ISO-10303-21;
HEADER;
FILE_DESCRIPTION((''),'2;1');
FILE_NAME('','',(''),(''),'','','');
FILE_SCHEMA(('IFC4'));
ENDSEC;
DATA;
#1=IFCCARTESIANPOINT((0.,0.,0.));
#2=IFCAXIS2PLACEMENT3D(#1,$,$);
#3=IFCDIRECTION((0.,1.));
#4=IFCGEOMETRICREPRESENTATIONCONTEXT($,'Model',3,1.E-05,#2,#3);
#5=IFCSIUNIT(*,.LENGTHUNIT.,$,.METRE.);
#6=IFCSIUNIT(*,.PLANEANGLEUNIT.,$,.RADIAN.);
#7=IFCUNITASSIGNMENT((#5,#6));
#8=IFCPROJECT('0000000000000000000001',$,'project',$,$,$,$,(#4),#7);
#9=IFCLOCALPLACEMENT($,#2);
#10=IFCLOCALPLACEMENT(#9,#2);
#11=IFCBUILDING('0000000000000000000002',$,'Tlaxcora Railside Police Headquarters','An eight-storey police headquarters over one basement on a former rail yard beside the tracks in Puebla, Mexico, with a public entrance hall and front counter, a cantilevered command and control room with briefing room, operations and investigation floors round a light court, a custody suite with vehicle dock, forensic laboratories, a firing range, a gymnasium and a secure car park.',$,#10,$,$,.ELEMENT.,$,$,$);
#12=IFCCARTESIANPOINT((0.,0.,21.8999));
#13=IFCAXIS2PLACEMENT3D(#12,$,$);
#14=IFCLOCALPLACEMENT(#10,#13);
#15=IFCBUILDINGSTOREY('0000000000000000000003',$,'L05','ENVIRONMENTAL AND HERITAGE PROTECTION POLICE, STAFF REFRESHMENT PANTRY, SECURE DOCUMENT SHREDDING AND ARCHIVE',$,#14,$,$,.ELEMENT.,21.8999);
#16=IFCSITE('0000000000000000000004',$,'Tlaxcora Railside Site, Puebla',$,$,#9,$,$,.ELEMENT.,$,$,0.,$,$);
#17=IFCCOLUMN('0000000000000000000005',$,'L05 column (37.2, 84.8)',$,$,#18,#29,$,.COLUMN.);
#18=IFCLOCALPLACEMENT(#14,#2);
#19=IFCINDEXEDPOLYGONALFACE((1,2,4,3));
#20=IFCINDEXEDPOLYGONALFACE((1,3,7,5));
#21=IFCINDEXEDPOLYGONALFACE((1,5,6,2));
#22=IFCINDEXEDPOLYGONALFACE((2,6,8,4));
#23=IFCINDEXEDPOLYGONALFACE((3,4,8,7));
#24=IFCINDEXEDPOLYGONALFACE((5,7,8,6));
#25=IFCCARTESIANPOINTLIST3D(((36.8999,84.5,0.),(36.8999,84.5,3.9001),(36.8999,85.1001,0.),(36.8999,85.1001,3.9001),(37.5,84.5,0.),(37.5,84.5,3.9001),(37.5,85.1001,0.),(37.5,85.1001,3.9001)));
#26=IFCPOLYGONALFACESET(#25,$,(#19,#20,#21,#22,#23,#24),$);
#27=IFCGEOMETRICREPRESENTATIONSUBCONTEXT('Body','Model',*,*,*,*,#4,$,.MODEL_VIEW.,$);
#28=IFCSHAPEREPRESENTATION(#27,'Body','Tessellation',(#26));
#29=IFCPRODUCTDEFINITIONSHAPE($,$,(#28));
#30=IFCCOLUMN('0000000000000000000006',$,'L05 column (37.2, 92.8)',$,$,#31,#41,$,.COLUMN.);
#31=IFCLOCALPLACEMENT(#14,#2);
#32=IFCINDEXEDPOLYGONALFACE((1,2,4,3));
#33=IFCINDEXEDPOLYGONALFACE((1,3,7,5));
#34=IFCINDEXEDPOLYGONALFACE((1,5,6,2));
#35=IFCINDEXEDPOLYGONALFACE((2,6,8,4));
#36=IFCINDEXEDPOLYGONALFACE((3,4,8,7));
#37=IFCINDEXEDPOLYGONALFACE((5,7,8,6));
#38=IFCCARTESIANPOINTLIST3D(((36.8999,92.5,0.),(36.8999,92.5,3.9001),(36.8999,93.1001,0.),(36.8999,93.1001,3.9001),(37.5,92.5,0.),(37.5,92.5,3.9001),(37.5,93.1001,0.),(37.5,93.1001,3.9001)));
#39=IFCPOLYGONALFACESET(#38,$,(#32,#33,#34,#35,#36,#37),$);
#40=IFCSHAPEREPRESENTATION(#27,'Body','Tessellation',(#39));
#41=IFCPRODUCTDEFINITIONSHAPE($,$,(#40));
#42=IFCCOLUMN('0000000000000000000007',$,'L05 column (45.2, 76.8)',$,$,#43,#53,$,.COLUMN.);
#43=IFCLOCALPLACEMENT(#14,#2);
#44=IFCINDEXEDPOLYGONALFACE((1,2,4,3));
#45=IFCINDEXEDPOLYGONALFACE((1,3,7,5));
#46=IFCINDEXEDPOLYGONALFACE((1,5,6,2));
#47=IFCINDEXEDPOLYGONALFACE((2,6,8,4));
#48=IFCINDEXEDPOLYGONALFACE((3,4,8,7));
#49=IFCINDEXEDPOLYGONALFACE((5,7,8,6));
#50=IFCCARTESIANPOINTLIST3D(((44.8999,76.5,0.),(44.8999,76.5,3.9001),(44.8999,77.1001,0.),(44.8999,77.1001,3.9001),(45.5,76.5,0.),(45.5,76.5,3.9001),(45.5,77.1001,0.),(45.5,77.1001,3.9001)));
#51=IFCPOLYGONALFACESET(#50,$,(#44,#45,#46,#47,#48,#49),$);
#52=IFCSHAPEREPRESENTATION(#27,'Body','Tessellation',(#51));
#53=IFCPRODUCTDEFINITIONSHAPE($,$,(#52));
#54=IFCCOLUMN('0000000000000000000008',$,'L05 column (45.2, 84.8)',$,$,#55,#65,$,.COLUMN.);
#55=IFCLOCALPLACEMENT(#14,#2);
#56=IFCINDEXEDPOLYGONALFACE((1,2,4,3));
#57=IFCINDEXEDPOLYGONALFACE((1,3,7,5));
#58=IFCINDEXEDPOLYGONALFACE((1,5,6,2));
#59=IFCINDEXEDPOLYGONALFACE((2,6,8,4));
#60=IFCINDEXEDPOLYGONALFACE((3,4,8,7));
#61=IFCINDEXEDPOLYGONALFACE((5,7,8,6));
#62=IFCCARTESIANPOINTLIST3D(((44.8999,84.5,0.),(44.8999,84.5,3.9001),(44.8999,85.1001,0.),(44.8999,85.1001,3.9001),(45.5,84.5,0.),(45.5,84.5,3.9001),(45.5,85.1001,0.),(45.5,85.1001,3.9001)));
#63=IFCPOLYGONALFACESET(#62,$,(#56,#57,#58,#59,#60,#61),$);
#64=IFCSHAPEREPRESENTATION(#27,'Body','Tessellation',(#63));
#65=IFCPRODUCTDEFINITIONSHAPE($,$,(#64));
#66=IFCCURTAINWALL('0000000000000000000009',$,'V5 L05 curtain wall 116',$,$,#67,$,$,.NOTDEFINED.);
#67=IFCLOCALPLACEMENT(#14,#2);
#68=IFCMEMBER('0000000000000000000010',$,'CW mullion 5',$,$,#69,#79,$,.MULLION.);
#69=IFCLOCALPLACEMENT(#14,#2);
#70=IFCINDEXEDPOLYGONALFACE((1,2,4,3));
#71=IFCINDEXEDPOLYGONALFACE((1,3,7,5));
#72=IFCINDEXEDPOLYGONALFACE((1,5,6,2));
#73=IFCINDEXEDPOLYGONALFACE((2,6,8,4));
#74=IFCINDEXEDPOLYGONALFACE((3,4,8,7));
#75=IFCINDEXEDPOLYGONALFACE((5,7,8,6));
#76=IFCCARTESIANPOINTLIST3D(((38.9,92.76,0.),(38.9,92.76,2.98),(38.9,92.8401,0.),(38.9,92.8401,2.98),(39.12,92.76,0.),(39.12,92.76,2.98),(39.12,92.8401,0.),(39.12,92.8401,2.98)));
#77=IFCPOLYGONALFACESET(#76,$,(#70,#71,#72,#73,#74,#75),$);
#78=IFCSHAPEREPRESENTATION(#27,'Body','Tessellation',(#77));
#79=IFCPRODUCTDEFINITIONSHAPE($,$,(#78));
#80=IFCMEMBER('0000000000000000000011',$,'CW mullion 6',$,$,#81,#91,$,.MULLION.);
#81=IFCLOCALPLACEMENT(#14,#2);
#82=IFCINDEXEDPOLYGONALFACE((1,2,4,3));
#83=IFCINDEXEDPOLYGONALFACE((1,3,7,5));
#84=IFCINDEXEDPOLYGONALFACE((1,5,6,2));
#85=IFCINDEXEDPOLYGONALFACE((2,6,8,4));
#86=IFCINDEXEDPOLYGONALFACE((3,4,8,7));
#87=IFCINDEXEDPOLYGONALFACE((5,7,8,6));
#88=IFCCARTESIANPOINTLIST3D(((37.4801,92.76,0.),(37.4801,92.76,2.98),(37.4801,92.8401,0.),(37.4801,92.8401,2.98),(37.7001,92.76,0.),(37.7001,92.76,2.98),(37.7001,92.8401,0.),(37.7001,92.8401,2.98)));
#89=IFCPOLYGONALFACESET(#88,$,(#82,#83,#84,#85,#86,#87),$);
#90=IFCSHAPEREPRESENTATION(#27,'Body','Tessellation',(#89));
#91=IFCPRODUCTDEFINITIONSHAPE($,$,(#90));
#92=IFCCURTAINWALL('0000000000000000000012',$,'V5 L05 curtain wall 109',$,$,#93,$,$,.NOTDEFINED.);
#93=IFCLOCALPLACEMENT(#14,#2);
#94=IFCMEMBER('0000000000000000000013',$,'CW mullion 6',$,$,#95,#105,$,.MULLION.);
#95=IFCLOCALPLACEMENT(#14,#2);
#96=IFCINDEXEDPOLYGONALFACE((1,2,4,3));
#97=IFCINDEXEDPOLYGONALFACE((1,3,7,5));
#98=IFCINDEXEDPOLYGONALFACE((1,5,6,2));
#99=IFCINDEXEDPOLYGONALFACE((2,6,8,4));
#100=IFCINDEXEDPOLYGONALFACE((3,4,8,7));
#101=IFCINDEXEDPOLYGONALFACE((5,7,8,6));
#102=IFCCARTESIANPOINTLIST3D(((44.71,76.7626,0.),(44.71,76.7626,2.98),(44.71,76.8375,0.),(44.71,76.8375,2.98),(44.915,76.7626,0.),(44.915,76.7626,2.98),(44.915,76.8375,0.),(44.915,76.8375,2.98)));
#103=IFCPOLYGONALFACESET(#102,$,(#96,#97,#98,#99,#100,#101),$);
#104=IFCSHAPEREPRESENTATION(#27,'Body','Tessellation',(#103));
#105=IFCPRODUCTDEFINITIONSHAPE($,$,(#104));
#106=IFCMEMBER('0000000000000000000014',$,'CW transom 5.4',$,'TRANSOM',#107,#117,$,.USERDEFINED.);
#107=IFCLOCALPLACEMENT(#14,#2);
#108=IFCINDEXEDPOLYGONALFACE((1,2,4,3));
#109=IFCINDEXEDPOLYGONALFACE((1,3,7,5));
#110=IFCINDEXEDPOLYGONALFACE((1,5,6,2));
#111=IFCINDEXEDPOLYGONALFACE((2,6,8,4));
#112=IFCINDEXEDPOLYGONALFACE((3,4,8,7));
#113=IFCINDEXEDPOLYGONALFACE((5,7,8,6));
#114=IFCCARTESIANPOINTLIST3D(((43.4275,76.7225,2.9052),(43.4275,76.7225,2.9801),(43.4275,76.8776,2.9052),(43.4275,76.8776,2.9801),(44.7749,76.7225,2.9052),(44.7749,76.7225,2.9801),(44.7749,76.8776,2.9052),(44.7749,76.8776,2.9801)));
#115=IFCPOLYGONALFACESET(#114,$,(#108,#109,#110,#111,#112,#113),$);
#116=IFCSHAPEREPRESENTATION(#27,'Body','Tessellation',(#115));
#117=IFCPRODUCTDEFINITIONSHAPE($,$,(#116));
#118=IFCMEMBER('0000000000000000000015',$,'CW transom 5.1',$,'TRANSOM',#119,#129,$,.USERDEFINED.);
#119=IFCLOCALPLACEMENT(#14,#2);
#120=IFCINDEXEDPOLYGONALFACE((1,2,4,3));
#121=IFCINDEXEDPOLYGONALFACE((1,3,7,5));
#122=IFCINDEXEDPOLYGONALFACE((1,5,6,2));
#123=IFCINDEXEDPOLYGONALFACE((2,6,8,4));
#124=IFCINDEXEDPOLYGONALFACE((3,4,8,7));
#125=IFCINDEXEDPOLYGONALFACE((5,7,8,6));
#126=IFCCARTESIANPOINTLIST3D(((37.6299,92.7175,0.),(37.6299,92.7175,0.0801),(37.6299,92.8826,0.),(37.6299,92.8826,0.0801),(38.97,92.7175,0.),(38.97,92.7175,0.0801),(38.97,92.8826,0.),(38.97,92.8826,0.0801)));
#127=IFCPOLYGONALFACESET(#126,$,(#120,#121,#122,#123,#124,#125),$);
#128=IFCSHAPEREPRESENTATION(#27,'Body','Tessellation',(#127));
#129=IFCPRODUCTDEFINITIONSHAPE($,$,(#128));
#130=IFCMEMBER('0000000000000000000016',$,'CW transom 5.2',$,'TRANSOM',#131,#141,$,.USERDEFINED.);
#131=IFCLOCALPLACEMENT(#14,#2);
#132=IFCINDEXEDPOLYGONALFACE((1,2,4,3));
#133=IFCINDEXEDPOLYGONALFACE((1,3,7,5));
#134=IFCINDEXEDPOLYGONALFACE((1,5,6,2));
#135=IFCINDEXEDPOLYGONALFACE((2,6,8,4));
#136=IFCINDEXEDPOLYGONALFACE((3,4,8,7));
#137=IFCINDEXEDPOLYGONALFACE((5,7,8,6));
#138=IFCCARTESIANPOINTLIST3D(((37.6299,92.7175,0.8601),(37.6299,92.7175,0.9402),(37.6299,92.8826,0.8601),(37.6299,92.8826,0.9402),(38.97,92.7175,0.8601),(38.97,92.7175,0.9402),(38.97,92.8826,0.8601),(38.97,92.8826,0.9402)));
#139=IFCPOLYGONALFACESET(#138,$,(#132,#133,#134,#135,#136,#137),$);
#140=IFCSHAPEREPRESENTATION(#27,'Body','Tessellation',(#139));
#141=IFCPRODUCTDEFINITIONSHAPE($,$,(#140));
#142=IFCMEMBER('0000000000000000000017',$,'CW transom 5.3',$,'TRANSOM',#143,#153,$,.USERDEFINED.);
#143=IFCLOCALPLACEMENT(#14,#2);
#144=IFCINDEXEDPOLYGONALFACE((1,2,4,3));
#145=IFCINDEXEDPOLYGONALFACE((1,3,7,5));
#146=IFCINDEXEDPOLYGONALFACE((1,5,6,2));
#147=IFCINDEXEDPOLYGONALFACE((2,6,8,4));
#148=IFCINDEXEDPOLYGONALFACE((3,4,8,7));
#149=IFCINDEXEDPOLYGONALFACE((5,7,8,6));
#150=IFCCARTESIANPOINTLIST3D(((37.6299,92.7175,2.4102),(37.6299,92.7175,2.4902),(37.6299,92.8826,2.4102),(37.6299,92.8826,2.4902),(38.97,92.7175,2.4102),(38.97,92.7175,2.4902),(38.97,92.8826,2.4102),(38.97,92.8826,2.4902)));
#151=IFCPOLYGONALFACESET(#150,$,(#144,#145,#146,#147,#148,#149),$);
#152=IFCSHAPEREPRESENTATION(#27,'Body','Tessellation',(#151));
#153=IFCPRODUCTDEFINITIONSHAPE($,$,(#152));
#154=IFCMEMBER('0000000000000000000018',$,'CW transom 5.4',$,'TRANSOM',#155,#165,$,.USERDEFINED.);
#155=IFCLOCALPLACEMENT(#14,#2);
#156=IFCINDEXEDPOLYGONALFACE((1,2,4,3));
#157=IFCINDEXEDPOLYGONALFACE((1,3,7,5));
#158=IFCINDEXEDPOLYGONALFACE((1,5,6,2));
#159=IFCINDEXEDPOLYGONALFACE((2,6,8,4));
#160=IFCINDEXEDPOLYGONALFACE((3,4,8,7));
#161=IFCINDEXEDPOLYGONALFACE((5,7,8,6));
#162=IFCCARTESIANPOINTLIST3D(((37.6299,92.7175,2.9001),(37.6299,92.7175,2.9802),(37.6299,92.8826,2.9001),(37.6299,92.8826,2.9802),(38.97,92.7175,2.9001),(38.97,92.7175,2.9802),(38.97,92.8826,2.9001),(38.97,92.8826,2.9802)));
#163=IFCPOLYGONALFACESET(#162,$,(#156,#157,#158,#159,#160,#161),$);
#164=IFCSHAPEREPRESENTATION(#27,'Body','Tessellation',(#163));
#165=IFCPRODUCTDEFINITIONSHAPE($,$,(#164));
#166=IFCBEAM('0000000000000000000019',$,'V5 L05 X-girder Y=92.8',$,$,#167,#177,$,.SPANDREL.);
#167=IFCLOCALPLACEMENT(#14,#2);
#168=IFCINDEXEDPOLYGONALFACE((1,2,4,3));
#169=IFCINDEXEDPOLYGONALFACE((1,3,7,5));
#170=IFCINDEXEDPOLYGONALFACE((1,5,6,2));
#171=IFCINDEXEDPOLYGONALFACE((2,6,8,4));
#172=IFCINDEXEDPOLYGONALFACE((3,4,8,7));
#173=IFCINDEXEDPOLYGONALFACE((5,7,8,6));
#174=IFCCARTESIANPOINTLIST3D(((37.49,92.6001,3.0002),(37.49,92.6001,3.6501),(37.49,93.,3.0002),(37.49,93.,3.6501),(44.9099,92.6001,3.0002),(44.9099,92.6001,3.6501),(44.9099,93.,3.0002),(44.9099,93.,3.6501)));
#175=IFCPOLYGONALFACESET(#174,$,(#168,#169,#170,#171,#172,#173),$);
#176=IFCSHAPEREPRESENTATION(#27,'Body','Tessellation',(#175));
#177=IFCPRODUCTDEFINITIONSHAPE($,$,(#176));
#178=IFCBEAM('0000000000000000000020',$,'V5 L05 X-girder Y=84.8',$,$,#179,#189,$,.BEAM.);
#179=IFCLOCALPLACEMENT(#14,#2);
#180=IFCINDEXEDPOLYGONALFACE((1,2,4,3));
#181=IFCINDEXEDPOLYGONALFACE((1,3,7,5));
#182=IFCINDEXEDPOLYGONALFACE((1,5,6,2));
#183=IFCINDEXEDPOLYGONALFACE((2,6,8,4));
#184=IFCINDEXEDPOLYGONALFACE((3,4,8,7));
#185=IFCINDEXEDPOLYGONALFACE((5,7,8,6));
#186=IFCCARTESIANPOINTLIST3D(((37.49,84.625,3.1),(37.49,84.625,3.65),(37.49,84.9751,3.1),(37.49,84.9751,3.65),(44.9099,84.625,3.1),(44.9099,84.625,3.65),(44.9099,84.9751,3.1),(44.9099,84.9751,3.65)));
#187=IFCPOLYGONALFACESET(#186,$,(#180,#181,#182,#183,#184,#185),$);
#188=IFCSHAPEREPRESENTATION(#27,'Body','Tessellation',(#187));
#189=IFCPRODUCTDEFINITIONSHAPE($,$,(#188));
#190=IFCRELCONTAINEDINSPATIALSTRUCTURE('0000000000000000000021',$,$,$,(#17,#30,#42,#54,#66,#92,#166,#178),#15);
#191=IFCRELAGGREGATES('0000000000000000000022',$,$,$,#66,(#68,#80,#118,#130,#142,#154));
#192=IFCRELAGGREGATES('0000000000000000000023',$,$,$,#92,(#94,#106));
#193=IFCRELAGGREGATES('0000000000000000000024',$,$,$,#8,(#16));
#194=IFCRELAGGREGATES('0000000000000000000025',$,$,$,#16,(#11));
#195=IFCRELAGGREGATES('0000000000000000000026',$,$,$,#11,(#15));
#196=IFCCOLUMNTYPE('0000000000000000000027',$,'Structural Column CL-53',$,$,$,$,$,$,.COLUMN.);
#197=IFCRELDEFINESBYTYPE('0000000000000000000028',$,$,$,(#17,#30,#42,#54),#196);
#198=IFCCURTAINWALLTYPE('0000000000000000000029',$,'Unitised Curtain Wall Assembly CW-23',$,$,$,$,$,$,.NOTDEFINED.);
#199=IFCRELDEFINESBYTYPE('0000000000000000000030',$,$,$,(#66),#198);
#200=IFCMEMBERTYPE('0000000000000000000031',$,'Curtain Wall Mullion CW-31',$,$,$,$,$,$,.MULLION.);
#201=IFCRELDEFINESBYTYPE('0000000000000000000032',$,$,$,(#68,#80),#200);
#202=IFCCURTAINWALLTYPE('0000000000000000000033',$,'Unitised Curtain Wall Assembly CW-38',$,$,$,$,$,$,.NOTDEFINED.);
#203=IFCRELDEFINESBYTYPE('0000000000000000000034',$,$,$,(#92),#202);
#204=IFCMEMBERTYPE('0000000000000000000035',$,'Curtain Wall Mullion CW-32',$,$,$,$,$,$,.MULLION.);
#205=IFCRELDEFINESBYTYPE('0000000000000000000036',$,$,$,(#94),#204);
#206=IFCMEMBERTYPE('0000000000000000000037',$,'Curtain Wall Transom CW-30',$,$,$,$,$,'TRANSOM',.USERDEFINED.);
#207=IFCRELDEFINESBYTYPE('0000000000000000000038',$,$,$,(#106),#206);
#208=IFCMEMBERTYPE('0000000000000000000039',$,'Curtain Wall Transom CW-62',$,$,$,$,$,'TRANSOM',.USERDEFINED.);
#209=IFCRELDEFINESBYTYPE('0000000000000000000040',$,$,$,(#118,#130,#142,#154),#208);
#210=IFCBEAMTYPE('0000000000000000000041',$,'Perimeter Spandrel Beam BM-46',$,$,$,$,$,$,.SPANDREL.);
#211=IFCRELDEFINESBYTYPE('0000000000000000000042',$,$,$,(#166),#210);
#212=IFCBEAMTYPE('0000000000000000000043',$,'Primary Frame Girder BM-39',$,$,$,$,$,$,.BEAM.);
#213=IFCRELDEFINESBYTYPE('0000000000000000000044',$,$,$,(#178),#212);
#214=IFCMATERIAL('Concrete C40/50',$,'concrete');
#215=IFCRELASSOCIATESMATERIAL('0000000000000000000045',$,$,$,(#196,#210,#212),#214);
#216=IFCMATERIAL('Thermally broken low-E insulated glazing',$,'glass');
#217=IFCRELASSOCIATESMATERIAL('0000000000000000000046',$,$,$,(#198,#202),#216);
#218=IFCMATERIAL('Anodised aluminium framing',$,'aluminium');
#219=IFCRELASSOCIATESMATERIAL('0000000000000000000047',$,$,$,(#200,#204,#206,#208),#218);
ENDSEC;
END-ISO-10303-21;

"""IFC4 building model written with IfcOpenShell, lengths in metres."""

from ifc_helpers import new_model, si_unit, direction, frame, origin, origin_2d, place, context, subcontext, project, spatial, rectangle, extrude, material, material_profile, profile_set, type_object, element, aggregate, save


model = new_model("IFC4")

# Units and contexts
model_context = context("Model", 3, precision=1e-05, world=origin(), true_north=direction((0.0, 1.0)))
body_context = subcontext(model_context, "Body", "Model", "MODEL_VIEW")
ifc_project = project(units=[si_unit("LENGTHUNIT", "METRE"), si_unit("PLANEANGLEUNIT", "RADIAN")], contexts=[model_context])

# Site, building, storey
site_placement = place(None, origin())
site = spatial("IfcSite", under=ifc_project, at=site_placement, Name="Tlaxcora Railside Site, Puebla", CompositionType="ELEMENT", RefElevation=0.0)
building_placement = place(site_placement, origin())
building = spatial("IfcBuilding", under=site, at=building_placement, Name="Tlaxcora Railside Police Headquarters", Description="An eight-storey police headquarters over one basement on a former rail yard beside the tracks in Puebla, Mexico, with a public entrance hall and front counter, a cantilevered command and control room with briefing room, operations and investigation floors round a light court, a custody suite with vehicle dock, forensic laboratories, a firing range, a gymnasium and a secure car park.", CompositionType="ELEMENT")
storey_placement = place(building_placement, frame((0.0, 0.0, 21.8999)))
storey = spatial("IfcBuildingStorey", under=building, at=storey_placement, Name="L05", Description="ENVIRONMENTAL AND HERITAGE PROTECTION POLICE, STAFF REFRESHMENT PANTRY, SECURE DOCUMENT SHREDDING AND ARCHIVE", CompositionType="ELEMENT", Elevation=21.8999)

# Columns
ifc_material_1 = material(Name="Concrete C40/50", Category="concrete")
ifc_material_profile_1 = material_profile(ifc_material_1, rectangle(XDim=0.6001, YDim=0.6001, at=origin_2d()), Name="RC600X600")
ifc_profile_set_1 = profile_set([ifc_material_profile_1], Name="Concrete C40/50")
column_type = type_object("IfcColumnType", Name="Structural Column CL-53", PredefinedType="COLUMN", material=ifc_profile_set_1)
for number, where, z_axis, x_axis, name in (
    (1, (37.2, 84.8, 0.0), (0.0, 0.0, 1.0), (1.0, 0.0, 0.0), "L05 column (37.2, 84.8)"),
    (2, (37.2, 92.8, 0.0), (0.0, 0.0, 1.0), (1.0, 0.0, 0.0), "L05 column (37.2, 92.8)"),
    (3, (45.2, 76.8, 0.0), (0.0, 0.0, 1.0), (1.0, 0.0, 0.0), "L05 column (45.2, 76.8)"),
    (4, (45.2, 84.8, 0.0), (0.0, 0.0, 1.0), (1.0, 0.0, 0.0), "L05 column (45.2, 84.8)"),
):
    element("IfcColumn", number, at=place(storey_placement, frame(where, z_axis=z_axis, x_axis=x_axis)), inside=storey, type_object=column_type, Name=name, PredefinedType="COLUMN", context=body_context, shape_type="SweptSolid", body=[
        extrude(rectangle(XDim=0.6001, YDim=0.6001, at=origin_2d()), origin(), (0.0, 0.0, 1.0), 3.9001),
    ])

# Curtain walls, members
ifc_material_2 = material(Name="Thermally broken low-E insulated glazing", Category="glass")
curtain_wall_type_1 = type_object("IfcCurtainWallType", Name="Unitised Curtain Wall Assembly CW-23", PredefinedType="NOTDEFINED", material=ifc_material_2)
curtain_wall_1_placement = place(storey_placement, origin())
curtain_wall_1 = element("IfcCurtainWall", 5, at=curtain_wall_1_placement, inside=storey, type_object=curtain_wall_type_1, Name="V5 L05 curtain wall 116", PredefinedType="NOTDEFINED")
ifc_material_3 = material(Name="Anodised aluminium framing", Category="aluminium")
ifc_material_profile_2 = material_profile(ifc_material_3, rectangle(XDim=0.0801, YDim=0.22, at=origin_2d()), Name="AL80X220")
ifc_profile_set_2 = profile_set([ifc_material_profile_2], Name="Anodised aluminium framing")
member_type_1 = type_object("IfcMemberType", Name="Curtain Wall Mullion CW-31", PredefinedType="MULLION", material=ifc_profile_set_2)
member_1_placement = place(storey_placement, frame((39.01, 92.8, 0.0), z_axis=(0.0, 0.0, 1.0), x_axis=(0.0, -1.0, 0.0)))
member_1 = element("IfcMember", 6, at=member_1_placement, type_object=member_type_1, Name="CW mullion 5", PredefinedType="MULLION", context=body_context, shape_type="SweptSolid", body=[
    extrude(rectangle(XDim=0.0801, YDim=0.22, at=origin_2d()), origin(), (0.0, 0.0, 1.0), 2.98),
])
member_2_placement = place(storey_placement, frame((37.5901, 92.8, 0.0), z_axis=(0.0, 0.0, 1.0), x_axis=(0.0, -1.0, 0.0)))
member_2 = element("IfcMember", 7, at=member_2_placement, type_object=member_type_1, Name="CW mullion 6", PredefinedType="MULLION", context=body_context, shape_type="SweptSolid", body=[
    extrude(rectangle(XDim=0.0801, YDim=0.22, at=origin_2d()), origin(), (0.0, 0.0, 1.0), 2.98),
])
curtain_wall_type_2 = type_object("IfcCurtainWallType", Name="Unitised Curtain Wall Assembly CW-38", PredefinedType="NOTDEFINED", material=ifc_material_2)
curtain_wall_2_placement = place(storey_placement, origin())
curtain_wall_2 = element("IfcCurtainWall", 8, at=curtain_wall_2_placement, inside=storey, type_object=curtain_wall_type_2, Name="V5 L05 curtain wall 109", PredefinedType="NOTDEFINED")
ifc_material_profile_3 = material_profile(ifc_material_3, rectangle(XDim=0.075, YDim=0.2051, at=origin_2d()), Name="AL75X205")
ifc_profile_set_3 = profile_set([ifc_material_profile_3], Name="Anodised aluminium framing")
member_type_2 = type_object("IfcMemberType", Name="Curtain Wall Mullion CW-32", PredefinedType="MULLION", material=ifc_profile_set_3)
member_3_placement = place(storey_placement, frame((44.8125, 76.8, 0.0), z_axis=(0.0, 0.0, 1.0), x_axis=(0.0, 1.0, 0.0)))
member_3 = element("IfcMember", 9, at=member_3_placement, type_object=member_type_2, Name="CW mullion 6", PredefinedType="MULLION", context=body_context, shape_type="SweptSolid", body=[
    extrude(rectangle(XDim=0.075, YDim=0.2051, at=origin_2d()), origin(), (0.0, 0.0, 1.0), 2.98),
])
ifc_material_profile_4 = material_profile(ifc_material_3, rectangle(XDim=0.155, YDim=0.075, at=origin_2d()), Name="AL75X155")
ifc_profile_set_4 = profile_set([ifc_material_profile_4], Name="Anodised aluminium framing")
member_type_3 = type_object("IfcMemberType", Name="Curtain Wall Transom CW-30", ElementType="TRANSOM", PredefinedType="USERDEFINED", material=ifc_profile_set_4)
member_4_placement = place(storey_placement, frame((43.4275, 76.8, 2.9426), z_axis=(1.0, 0.0, 0.0), x_axis=(0.0, 1.0, 0.0)))
member_4 = element("IfcMember", 10, at=member_4_placement, type_object=member_type_3, Name="CW transom 5.4", ObjectType="TRANSOM", PredefinedType="USERDEFINED", context=body_context, shape_type="SweptSolid", body=[
    extrude(rectangle(XDim=0.155, YDim=0.075, at=origin_2d()), origin(), (0.0, 0.0, 1.0), 1.3474),
])

# Members
ifc_material_profile_5 = material_profile(ifc_material_3, rectangle(XDim=0.165, YDim=0.0801, at=origin_2d()), Name="AL80X165")
ifc_profile_set_5 = profile_set([ifc_material_profile_5], Name="Anodised aluminium framing")
member_type_4 = type_object("IfcMemberType", Name="Curtain Wall Transom CW-62", ElementType="TRANSOM", PredefinedType="USERDEFINED", material=ifc_profile_set_5)
member_5_placement = place(storey_placement, frame((38.97, 92.8, 0.04), z_axis=(-1.0, 0.0, 0.0), x_axis=(0.0, -1.0, 0.0)))
member_5 = element("IfcMember", 11, at=member_5_placement, type_object=member_type_4, Name="CW transom 5.1", ObjectType="TRANSOM", PredefinedType="USERDEFINED", context=body_context, shape_type="SweptSolid", body=[
    extrude(rectangle(XDim=0.165, YDim=0.0801, at=origin_2d()), origin(), (0.0, 0.0, 1.0), 1.3401),
])
member_6_placement = place(storey_placement, frame((38.97, 92.8, 0.9001), z_axis=(-1.0, 0.0, 0.0), x_axis=(0.0, -1.0, 0.0)))
member_6 = element("IfcMember", 12, at=member_6_placement, type_object=member_type_4, Name="CW transom 5.2", ObjectType="TRANSOM", PredefinedType="USERDEFINED", context=body_context, shape_type="SweptSolid", body=[
    extrude(rectangle(XDim=0.165, YDim=0.0801, at=origin_2d()), origin(), (0.0, 0.0, 1.0), 1.3401),
])
member_7_placement = place(storey_placement, frame((38.97, 92.8, 2.4502), z_axis=(-1.0, 0.0, 0.0), x_axis=(0.0, -1.0, 0.0)))
member_7 = element("IfcMember", 13, at=member_7_placement, type_object=member_type_4, Name="CW transom 5.3", ObjectType="TRANSOM", PredefinedType="USERDEFINED", context=body_context, shape_type="SweptSolid", body=[
    extrude(rectangle(XDim=0.165, YDim=0.0801, at=origin_2d()), origin(), (0.0, 0.0, 1.0), 1.3401),
])
member_8_placement = place(storey_placement, frame((38.97, 92.8, 2.9402), z_axis=(-1.0, 0.0, 0.0), x_axis=(0.0, -1.0, 0.0)))
member_8 = element("IfcMember", 14, at=member_8_placement, type_object=member_type_4, Name="CW transom 5.4", ObjectType="TRANSOM", PredefinedType="USERDEFINED", context=body_context, shape_type="SweptSolid", body=[
    extrude(rectangle(XDim=0.165, YDim=0.0801, at=origin_2d()), origin(), (0.0, 0.0, 1.0), 1.3401),
])

# Beams
ifc_material_profile_6 = material_profile(ifc_material_1, rectangle(XDim=0.3999, YDim=0.6499, at=origin_2d()), Name="RC400X650")
ifc_profile_set_6 = profile_set([ifc_material_profile_6], Name="Concrete C40/50")
beam_type_1 = type_object("IfcBeamType", Name="Perimeter Spandrel Beam BM-46", PredefinedType="SPANDREL", material=ifc_profile_set_6)
beam_1_placement = place(storey_placement, frame((37.49, 92.8, 3.3252), z_axis=(1.0, 0.0, 0.0), x_axis=(0.0, 1.0, 0.0)))
element("IfcBeam", 15, at=beam_1_placement, inside=storey, type_object=beam_type_1, Name="V5 L05 X-girder Y=92.8", PredefinedType="SPANDREL", context=body_context, shape_type="SweptSolid", body=[
    extrude(rectangle(XDim=0.3999, YDim=0.6499, at=origin_2d()), origin(), (0.0, 0.0, 1.0), 7.4199),
])
ifc_material_profile_7 = material_profile(ifc_material_1, rectangle(XDim=0.3501, YDim=0.55, at=origin_2d()), Name="RC350X550")
ifc_profile_set_7 = profile_set([ifc_material_profile_7], Name="Concrete C40/50")
beam_type_2 = type_object("IfcBeamType", Name="Primary Frame Girder BM-39", PredefinedType="BEAM", material=ifc_profile_set_7)
beam_2_placement = place(storey_placement, frame((37.49, 84.8, 3.375), z_axis=(1.0, 0.0, 0.0), x_axis=(0.0, 1.0, 0.0)))
element("IfcBeam", 16, at=beam_2_placement, inside=storey, type_object=beam_type_2, Name="V5 L05 X-girder Y=84.8", PredefinedType="BEAM", context=body_context, shape_type="SweptSolid", body=[
    extrude(rectangle(XDim=0.3501, YDim=0.55, at=origin_2d()), origin(), (0.0, 0.0, 1.0), 7.4199),
])

aggregate(curtain_wall_1, [member_1, member_2, member_5, member_6, member_7, member_8])
aggregate(curtain_wall_2, [member_3, member_4])

save(model, "model.ifc")
